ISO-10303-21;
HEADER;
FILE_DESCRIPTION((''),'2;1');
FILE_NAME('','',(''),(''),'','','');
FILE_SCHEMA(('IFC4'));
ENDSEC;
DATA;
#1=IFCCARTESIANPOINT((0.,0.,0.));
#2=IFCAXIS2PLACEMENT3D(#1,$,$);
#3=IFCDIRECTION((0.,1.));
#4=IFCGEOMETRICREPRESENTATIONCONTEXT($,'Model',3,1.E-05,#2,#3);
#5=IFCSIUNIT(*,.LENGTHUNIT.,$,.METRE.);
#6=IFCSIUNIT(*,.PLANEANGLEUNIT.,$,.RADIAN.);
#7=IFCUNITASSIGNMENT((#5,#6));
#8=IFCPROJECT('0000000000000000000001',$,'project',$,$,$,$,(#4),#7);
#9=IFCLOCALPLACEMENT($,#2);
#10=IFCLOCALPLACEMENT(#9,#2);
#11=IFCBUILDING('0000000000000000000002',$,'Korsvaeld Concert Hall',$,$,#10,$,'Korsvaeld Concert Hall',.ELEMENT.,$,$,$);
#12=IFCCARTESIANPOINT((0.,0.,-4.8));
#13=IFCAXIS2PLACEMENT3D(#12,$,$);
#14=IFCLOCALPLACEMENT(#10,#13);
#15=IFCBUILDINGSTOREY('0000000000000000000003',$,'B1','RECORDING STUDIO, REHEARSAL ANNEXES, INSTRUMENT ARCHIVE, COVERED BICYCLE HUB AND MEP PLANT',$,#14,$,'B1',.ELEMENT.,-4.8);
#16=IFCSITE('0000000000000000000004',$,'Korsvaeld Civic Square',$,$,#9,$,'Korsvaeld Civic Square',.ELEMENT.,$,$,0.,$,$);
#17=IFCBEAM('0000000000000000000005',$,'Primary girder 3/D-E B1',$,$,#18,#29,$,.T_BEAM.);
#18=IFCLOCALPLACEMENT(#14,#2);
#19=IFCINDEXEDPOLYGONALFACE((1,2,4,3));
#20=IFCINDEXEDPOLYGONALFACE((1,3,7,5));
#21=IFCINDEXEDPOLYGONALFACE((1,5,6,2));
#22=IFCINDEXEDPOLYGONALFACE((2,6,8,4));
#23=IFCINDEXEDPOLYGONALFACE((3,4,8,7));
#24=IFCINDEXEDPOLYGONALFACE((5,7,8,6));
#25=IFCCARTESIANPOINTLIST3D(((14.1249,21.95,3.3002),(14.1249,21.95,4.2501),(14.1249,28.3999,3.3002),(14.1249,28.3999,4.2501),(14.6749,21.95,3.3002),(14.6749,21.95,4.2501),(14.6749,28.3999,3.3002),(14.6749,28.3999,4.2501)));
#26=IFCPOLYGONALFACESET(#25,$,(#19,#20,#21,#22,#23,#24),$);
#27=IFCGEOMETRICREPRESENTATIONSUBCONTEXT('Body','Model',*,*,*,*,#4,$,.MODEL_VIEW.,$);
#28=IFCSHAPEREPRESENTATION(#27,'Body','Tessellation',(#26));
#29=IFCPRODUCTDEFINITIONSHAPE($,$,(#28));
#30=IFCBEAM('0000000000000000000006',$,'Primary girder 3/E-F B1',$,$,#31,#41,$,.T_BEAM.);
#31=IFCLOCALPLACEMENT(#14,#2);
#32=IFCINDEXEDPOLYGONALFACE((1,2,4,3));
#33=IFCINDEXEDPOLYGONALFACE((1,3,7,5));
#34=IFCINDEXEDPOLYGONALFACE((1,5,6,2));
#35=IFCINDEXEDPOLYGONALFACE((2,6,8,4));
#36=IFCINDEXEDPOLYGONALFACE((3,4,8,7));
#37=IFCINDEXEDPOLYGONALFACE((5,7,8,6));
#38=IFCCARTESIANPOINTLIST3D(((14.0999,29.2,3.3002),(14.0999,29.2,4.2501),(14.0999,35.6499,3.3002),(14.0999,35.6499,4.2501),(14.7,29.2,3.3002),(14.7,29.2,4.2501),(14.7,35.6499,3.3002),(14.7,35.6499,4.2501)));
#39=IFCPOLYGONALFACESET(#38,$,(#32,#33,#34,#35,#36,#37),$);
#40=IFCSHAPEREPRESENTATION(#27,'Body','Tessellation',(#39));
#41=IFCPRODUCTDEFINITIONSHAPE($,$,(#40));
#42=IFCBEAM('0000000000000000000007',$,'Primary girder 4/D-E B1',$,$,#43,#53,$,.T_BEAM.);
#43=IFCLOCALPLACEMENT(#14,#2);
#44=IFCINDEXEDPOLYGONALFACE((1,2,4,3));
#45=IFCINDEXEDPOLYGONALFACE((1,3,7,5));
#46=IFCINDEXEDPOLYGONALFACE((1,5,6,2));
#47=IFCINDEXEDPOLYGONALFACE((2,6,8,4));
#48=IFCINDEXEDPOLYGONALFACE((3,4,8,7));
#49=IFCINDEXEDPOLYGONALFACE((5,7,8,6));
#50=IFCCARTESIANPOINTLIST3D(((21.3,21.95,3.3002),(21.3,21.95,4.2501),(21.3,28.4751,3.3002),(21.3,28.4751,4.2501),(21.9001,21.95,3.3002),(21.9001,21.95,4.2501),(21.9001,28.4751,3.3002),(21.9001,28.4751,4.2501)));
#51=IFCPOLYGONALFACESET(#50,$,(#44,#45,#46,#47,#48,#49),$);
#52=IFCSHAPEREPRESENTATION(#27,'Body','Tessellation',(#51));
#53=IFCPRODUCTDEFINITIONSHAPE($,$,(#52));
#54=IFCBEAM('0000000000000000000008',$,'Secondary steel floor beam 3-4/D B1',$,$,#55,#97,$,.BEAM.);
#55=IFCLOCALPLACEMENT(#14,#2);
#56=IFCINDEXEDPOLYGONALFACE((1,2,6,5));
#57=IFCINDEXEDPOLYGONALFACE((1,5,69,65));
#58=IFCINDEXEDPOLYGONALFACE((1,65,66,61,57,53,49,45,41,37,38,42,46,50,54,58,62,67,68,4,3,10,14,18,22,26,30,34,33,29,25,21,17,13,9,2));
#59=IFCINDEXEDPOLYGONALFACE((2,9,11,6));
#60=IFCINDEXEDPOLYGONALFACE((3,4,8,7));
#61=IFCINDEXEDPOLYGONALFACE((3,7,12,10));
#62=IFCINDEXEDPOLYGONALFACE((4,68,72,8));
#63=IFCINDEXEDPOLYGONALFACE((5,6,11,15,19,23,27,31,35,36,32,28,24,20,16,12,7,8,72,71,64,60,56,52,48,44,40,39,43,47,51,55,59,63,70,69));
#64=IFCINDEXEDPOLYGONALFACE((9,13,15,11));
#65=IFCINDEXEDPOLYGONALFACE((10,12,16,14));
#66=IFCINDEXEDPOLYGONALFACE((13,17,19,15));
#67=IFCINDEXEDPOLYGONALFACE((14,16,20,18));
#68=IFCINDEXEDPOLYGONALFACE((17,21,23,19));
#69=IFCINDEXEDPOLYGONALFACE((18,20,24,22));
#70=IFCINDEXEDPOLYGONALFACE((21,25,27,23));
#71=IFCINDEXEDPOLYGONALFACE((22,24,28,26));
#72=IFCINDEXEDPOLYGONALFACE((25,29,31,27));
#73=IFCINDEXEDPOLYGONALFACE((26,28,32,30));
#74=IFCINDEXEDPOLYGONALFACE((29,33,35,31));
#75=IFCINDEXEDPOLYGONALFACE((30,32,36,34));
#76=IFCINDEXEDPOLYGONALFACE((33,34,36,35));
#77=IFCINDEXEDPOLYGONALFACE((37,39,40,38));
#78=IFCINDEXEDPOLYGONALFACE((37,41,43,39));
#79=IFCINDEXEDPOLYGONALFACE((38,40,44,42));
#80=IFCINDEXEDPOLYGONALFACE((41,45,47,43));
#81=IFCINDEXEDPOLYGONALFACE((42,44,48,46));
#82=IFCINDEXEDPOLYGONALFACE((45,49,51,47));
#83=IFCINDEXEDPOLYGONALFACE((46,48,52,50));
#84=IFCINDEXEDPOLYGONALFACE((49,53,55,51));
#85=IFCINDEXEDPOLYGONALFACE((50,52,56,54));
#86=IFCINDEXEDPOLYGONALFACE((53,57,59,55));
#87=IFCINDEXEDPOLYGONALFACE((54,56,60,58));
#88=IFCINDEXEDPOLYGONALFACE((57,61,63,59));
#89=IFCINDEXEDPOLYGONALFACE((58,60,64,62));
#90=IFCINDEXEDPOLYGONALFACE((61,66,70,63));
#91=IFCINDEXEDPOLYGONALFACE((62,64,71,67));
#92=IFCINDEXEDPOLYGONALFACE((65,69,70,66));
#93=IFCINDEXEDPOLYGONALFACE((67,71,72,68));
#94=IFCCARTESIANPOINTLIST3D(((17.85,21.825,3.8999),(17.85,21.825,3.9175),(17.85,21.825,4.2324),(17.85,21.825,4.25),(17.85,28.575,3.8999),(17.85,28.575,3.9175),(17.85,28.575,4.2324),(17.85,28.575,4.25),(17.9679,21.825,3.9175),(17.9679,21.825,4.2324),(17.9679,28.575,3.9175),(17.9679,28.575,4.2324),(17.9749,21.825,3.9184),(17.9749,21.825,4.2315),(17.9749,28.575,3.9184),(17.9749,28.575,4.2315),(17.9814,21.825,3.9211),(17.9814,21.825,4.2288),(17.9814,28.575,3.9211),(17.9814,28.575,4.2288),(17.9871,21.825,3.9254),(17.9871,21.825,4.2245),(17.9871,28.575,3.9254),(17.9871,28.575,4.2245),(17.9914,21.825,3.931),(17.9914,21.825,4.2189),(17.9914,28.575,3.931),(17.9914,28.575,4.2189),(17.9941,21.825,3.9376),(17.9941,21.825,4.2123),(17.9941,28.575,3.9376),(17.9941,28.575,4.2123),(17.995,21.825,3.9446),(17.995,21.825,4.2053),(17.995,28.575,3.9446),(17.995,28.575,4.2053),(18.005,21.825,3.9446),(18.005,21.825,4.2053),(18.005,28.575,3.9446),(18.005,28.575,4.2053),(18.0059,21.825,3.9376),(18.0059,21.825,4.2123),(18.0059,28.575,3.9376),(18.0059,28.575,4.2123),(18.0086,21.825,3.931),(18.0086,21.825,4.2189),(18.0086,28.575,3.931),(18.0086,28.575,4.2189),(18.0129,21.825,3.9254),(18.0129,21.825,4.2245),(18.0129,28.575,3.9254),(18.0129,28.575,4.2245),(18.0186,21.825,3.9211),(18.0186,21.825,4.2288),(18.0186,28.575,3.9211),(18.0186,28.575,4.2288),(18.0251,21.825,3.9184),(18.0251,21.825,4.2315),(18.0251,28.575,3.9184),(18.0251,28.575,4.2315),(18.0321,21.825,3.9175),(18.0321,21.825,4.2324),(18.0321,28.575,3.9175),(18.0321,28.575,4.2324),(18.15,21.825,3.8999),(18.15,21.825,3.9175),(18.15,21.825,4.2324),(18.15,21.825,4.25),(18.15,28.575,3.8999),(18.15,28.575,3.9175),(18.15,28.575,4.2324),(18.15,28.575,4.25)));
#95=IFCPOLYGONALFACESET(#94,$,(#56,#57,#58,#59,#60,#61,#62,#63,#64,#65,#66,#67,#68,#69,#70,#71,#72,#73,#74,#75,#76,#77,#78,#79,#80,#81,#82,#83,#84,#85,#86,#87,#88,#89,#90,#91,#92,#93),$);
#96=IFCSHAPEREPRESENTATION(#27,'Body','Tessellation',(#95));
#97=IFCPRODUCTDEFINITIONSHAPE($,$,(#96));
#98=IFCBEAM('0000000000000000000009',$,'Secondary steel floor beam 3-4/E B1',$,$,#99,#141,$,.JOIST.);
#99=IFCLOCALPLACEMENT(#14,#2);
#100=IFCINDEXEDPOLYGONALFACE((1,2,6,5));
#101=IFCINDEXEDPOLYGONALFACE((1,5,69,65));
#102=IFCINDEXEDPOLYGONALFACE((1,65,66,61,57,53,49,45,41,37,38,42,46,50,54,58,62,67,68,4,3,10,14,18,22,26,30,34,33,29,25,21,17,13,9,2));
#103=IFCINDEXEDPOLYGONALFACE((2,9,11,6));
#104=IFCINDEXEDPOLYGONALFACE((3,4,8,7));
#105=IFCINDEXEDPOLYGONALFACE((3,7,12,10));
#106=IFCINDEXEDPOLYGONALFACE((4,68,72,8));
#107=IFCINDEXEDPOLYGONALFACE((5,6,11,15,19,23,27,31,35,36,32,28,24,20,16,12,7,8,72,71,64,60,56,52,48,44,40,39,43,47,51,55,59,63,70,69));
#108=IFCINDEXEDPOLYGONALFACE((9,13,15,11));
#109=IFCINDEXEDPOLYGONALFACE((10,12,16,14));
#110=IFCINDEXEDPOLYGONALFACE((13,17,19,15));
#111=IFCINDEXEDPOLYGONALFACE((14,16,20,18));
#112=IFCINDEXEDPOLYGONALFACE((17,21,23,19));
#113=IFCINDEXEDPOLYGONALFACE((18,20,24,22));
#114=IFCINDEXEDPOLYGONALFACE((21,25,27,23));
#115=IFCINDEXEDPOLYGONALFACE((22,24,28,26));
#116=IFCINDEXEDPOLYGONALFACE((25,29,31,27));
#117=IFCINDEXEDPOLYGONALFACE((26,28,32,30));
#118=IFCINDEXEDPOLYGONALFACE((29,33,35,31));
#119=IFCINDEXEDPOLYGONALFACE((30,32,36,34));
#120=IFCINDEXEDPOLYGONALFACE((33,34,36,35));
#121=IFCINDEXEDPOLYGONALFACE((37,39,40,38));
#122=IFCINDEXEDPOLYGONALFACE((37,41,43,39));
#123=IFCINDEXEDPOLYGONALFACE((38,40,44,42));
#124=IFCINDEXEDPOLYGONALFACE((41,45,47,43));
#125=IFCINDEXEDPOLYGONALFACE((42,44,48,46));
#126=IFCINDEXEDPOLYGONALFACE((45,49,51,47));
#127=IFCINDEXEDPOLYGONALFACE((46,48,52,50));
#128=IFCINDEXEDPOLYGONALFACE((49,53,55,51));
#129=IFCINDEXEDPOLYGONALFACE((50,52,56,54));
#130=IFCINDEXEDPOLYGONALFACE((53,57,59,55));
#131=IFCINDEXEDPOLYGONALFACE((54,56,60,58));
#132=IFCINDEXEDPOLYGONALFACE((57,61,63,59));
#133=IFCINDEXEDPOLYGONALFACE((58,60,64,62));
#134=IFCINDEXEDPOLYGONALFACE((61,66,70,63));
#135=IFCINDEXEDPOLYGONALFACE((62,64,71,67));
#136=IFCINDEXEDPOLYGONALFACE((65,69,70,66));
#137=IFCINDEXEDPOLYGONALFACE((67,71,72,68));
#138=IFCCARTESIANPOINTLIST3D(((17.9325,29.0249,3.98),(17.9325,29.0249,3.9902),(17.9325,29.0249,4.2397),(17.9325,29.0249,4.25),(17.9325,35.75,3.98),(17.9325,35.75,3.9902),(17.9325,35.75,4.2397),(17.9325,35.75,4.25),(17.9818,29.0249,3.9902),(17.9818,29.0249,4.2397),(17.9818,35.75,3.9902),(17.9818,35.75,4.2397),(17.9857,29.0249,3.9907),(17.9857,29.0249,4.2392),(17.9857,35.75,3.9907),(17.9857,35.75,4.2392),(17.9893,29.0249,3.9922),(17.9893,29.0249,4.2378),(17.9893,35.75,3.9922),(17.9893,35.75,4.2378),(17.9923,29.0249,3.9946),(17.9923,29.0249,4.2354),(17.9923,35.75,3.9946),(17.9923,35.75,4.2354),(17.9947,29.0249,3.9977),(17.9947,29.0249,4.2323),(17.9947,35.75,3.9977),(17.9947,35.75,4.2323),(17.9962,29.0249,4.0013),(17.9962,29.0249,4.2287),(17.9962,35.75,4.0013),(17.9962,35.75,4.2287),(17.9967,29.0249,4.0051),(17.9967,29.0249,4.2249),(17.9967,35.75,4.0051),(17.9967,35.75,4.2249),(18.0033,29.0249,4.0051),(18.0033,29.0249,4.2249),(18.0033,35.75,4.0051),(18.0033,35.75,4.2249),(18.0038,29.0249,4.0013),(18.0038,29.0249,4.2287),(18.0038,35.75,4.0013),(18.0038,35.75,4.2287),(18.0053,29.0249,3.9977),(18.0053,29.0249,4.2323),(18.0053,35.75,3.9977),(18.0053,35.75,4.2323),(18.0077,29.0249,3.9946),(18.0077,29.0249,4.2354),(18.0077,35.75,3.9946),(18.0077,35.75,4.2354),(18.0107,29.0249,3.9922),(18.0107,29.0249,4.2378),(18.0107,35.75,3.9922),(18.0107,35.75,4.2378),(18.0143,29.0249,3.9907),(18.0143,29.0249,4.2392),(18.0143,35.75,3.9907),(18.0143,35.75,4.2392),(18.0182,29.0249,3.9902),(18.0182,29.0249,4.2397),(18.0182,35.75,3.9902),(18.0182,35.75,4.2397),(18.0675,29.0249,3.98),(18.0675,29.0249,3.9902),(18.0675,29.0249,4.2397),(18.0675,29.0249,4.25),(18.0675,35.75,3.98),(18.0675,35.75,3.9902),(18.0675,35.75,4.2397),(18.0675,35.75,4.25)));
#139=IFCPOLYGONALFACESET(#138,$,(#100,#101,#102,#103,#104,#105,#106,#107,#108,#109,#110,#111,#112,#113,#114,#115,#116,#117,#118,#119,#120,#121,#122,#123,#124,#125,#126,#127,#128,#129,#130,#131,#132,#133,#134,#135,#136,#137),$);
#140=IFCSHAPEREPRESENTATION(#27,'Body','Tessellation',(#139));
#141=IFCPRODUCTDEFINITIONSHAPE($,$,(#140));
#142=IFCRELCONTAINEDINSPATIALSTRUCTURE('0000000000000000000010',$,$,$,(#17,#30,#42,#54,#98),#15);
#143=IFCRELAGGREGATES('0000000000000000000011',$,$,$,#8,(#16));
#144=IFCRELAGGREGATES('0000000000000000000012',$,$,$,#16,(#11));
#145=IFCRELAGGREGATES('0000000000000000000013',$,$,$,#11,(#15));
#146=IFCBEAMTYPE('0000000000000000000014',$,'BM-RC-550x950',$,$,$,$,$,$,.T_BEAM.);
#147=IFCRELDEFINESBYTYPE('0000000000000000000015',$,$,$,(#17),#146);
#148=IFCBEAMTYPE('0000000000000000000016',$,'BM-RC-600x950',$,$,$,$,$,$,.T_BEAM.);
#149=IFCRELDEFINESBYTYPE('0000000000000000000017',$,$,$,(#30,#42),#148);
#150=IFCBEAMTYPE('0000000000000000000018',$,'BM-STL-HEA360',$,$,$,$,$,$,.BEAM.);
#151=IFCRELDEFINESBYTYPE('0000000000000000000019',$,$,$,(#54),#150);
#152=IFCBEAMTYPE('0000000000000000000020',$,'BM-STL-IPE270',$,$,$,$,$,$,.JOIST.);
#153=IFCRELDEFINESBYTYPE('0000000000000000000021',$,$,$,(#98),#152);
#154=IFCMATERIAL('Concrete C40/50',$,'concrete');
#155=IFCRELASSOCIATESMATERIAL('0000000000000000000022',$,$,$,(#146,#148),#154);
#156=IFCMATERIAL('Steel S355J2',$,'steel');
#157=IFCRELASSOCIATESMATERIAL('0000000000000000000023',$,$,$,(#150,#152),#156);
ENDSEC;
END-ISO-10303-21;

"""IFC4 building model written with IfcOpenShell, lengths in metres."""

from ifc_helpers import new_model, si_unit, direction, frame, origin, origin_2d, place, context, subcontext, project, spatial, rectangle, i_section, extrude, material, material_profile, profile_set, type_object, element, save


model = new_model("IFC4")

# Units and contexts
model_context = context("Model", 3, precision=1e-05, world=origin(), true_north=direction((0.0, 1.0)))
body_context = subcontext(model_context, "Body", "Model", "MODEL_VIEW")
ifc_project = project(units=[si_unit("LENGTHUNIT", "METRE"), si_unit("PLANEANGLEUNIT", "RADIAN")], contexts=[model_context])

# Site, building, storey
site_placement = place(None, origin())
site = spatial("IfcSite", under=ifc_project, at=site_placement, Name="Korsvaeld Civic Square", LongName="Korsvaeld Civic Square", CompositionType="ELEMENT", RefElevation=0.0)
building_placement = place(site_placement, origin())
building = spatial("IfcBuilding", under=site, at=building_placement, Name="Korsvaeld Concert Hall", LongName="Korsvaeld Concert Hall", CompositionType="ELEMENT")
storey_placement = place(building_placement, frame((0.0, 0.0, -4.8)))
storey = spatial("IfcBuildingStorey", under=building, at=storey_placement, Name="B1", Description="RECORDING STUDIO, REHEARSAL ANNEXES, INSTRUMENT ARCHIVE, COVERED BICYCLE HUB AND MEP PLANT", LongName="B1", CompositionType="ELEMENT", Elevation=-4.8)

# Shared definitions
ifc_material_1 = material(Name="Concrete C40/50", Category="concrete")

# Beams
ifc_material_profile_1 = material_profile(ifc_material_1, rectangle(XDim=0.55, YDim=0.95, at=origin_2d()), Name="RC 550x950")
ifc_profile_set_1 = profile_set([ifc_material_profile_1], Name="Concrete C40/50")
beam_type_1 = type_object("IfcBeamType", Name="BM-RC-550x950", PredefinedType="T_BEAM", material=ifc_profile_set_1)
beam_1_placement = place(storey_placement, frame((14.3999, 21.95, 3.7751), z_axis=(0.0, 1.0, 0.0), x_axis=(-1.0, 0.0, 0.0)))
element("IfcBeam", 1, at=beam_1_placement, inside=storey, type_object=beam_type_1, Name="Primary girder 3/D-E B1", PredefinedType="T_BEAM", context=body_context, shape_type="SweptSolid", body=[
    extrude(rectangle(XDim=0.55, YDim=0.95, at=origin_2d()), origin(), (0.0, 0.0, 1.0), 6.45),
])
ifc_material_profile_2 = material_profile(ifc_material_1, rectangle(XDim=0.6001, YDim=0.95, at=origin_2d()), Name="RC 600x950")
ifc_profile_set_2 = profile_set([ifc_material_profile_2], Name="Concrete C40/50")
beam_type_2 = type_object("IfcBeamType", Name="BM-RC-600x950", PredefinedType="T_BEAM", material=ifc_profile_set_2)
beam_2_placement = place(storey_placement, frame((14.3999, 29.2, 3.7751), z_axis=(0.0, 1.0, 0.0), x_axis=(-1.0, 0.0, 0.0)))
element("IfcBeam", 2, at=beam_2_placement, inside=storey, type_object=beam_type_2, Name="Primary girder 3/E-F B1", PredefinedType="T_BEAM", context=body_context, shape_type="SweptSolid", body=[
    extrude(rectangle(XDim=0.6001, YDim=0.95, at=origin_2d()), origin(), (0.0, 0.0, 1.0), 6.45),
])
beam_3_placement = place(storey_placement, frame((21.6001, 21.95, 3.7751), z_axis=(0.0, 1.0, 0.0), x_axis=(-1.0, 0.0, 0.0)))
element("IfcBeam", 3, at=beam_3_placement, inside=storey, type_object=beam_type_2, Name="Primary girder 4/D-E B1", PredefinedType="T_BEAM", context=body_context, shape_type="SweptSolid", body=[
    extrude(rectangle(XDim=0.6001, YDim=0.95, at=origin_2d()), origin(), (0.0, 0.0, 1.0), 6.5251),
])
ifc_material_2 = material(Name="Steel S355J2", Category="steel")
ifc_material_profile_3 = material_profile(ifc_material_2, i_section(OverallWidth=0.3, OverallDepth=0.3501, WebThickness=0.01, FlangeThickness=0.0176, FilletRadius=0.0271, at=origin_2d()), Name="HEA 360")
ifc_profile_set_3 = profile_set([ifc_material_profile_3], Name="Steel S355J2")
beam_type_3 = type_object("IfcBeamType", Name="BM-STL-HEA360", PredefinedType="BEAM", material=ifc_profile_set_3)
beam_4_placement = place(storey_placement, frame((18.0, 21.825, 4.075), z_axis=(0.0, 1.0, 0.0), x_axis=(-1.0, 0.0, 0.0)))
element("IfcBeam", 4, at=beam_4_placement, inside=storey, type_object=beam_type_3, Name="Secondary steel floor beam 3-4/D B1", PredefinedType="BEAM", context=body_context, shape_type="SweptSolid", body=[
    extrude(i_section(OverallWidth=0.3, OverallDepth=0.3501, WebThickness=0.01, FlangeThickness=0.0176, FilletRadius=0.0271, at=origin_2d()), origin(), (0.0, 0.0, 1.0), 6.75),
])
ifc_material_profile_4 = material_profile(ifc_material_2, i_section(OverallWidth=0.135, OverallDepth=0.27, WebThickness=0.0066, FlangeThickness=0.0103, FilletRadius=0.0149, at=origin_2d()), Name="IPE 270")
ifc_profile_set_4 = profile_set([ifc_material_profile_4], Name="Steel S355J2")
beam_type_4 = type_object("IfcBeamType", Name="BM-STL-IPE270", PredefinedType="JOIST", material=ifc_profile_set_4)
beam_5_placement = place(storey_placement, frame((18.0, 29.0249, 4.115), z_axis=(0.0, 1.0, 0.0), x_axis=(-1.0, 0.0, 0.0)))
element("IfcBeam", 5, at=beam_5_placement, inside=storey, type_object=beam_type_4, Name="Secondary steel floor beam 3-4/E B1", PredefinedType="JOIST", context=body_context, shape_type="SweptSolid", body=[
    extrude(i_section(OverallWidth=0.135, OverallDepth=0.27, WebThickness=0.0066, FlangeThickness=0.0103, FilletRadius=0.0149, at=origin_2d()), origin(), (0.0, 0.0, 1.0), 6.7251),
])

save(model, "model.ifc")
